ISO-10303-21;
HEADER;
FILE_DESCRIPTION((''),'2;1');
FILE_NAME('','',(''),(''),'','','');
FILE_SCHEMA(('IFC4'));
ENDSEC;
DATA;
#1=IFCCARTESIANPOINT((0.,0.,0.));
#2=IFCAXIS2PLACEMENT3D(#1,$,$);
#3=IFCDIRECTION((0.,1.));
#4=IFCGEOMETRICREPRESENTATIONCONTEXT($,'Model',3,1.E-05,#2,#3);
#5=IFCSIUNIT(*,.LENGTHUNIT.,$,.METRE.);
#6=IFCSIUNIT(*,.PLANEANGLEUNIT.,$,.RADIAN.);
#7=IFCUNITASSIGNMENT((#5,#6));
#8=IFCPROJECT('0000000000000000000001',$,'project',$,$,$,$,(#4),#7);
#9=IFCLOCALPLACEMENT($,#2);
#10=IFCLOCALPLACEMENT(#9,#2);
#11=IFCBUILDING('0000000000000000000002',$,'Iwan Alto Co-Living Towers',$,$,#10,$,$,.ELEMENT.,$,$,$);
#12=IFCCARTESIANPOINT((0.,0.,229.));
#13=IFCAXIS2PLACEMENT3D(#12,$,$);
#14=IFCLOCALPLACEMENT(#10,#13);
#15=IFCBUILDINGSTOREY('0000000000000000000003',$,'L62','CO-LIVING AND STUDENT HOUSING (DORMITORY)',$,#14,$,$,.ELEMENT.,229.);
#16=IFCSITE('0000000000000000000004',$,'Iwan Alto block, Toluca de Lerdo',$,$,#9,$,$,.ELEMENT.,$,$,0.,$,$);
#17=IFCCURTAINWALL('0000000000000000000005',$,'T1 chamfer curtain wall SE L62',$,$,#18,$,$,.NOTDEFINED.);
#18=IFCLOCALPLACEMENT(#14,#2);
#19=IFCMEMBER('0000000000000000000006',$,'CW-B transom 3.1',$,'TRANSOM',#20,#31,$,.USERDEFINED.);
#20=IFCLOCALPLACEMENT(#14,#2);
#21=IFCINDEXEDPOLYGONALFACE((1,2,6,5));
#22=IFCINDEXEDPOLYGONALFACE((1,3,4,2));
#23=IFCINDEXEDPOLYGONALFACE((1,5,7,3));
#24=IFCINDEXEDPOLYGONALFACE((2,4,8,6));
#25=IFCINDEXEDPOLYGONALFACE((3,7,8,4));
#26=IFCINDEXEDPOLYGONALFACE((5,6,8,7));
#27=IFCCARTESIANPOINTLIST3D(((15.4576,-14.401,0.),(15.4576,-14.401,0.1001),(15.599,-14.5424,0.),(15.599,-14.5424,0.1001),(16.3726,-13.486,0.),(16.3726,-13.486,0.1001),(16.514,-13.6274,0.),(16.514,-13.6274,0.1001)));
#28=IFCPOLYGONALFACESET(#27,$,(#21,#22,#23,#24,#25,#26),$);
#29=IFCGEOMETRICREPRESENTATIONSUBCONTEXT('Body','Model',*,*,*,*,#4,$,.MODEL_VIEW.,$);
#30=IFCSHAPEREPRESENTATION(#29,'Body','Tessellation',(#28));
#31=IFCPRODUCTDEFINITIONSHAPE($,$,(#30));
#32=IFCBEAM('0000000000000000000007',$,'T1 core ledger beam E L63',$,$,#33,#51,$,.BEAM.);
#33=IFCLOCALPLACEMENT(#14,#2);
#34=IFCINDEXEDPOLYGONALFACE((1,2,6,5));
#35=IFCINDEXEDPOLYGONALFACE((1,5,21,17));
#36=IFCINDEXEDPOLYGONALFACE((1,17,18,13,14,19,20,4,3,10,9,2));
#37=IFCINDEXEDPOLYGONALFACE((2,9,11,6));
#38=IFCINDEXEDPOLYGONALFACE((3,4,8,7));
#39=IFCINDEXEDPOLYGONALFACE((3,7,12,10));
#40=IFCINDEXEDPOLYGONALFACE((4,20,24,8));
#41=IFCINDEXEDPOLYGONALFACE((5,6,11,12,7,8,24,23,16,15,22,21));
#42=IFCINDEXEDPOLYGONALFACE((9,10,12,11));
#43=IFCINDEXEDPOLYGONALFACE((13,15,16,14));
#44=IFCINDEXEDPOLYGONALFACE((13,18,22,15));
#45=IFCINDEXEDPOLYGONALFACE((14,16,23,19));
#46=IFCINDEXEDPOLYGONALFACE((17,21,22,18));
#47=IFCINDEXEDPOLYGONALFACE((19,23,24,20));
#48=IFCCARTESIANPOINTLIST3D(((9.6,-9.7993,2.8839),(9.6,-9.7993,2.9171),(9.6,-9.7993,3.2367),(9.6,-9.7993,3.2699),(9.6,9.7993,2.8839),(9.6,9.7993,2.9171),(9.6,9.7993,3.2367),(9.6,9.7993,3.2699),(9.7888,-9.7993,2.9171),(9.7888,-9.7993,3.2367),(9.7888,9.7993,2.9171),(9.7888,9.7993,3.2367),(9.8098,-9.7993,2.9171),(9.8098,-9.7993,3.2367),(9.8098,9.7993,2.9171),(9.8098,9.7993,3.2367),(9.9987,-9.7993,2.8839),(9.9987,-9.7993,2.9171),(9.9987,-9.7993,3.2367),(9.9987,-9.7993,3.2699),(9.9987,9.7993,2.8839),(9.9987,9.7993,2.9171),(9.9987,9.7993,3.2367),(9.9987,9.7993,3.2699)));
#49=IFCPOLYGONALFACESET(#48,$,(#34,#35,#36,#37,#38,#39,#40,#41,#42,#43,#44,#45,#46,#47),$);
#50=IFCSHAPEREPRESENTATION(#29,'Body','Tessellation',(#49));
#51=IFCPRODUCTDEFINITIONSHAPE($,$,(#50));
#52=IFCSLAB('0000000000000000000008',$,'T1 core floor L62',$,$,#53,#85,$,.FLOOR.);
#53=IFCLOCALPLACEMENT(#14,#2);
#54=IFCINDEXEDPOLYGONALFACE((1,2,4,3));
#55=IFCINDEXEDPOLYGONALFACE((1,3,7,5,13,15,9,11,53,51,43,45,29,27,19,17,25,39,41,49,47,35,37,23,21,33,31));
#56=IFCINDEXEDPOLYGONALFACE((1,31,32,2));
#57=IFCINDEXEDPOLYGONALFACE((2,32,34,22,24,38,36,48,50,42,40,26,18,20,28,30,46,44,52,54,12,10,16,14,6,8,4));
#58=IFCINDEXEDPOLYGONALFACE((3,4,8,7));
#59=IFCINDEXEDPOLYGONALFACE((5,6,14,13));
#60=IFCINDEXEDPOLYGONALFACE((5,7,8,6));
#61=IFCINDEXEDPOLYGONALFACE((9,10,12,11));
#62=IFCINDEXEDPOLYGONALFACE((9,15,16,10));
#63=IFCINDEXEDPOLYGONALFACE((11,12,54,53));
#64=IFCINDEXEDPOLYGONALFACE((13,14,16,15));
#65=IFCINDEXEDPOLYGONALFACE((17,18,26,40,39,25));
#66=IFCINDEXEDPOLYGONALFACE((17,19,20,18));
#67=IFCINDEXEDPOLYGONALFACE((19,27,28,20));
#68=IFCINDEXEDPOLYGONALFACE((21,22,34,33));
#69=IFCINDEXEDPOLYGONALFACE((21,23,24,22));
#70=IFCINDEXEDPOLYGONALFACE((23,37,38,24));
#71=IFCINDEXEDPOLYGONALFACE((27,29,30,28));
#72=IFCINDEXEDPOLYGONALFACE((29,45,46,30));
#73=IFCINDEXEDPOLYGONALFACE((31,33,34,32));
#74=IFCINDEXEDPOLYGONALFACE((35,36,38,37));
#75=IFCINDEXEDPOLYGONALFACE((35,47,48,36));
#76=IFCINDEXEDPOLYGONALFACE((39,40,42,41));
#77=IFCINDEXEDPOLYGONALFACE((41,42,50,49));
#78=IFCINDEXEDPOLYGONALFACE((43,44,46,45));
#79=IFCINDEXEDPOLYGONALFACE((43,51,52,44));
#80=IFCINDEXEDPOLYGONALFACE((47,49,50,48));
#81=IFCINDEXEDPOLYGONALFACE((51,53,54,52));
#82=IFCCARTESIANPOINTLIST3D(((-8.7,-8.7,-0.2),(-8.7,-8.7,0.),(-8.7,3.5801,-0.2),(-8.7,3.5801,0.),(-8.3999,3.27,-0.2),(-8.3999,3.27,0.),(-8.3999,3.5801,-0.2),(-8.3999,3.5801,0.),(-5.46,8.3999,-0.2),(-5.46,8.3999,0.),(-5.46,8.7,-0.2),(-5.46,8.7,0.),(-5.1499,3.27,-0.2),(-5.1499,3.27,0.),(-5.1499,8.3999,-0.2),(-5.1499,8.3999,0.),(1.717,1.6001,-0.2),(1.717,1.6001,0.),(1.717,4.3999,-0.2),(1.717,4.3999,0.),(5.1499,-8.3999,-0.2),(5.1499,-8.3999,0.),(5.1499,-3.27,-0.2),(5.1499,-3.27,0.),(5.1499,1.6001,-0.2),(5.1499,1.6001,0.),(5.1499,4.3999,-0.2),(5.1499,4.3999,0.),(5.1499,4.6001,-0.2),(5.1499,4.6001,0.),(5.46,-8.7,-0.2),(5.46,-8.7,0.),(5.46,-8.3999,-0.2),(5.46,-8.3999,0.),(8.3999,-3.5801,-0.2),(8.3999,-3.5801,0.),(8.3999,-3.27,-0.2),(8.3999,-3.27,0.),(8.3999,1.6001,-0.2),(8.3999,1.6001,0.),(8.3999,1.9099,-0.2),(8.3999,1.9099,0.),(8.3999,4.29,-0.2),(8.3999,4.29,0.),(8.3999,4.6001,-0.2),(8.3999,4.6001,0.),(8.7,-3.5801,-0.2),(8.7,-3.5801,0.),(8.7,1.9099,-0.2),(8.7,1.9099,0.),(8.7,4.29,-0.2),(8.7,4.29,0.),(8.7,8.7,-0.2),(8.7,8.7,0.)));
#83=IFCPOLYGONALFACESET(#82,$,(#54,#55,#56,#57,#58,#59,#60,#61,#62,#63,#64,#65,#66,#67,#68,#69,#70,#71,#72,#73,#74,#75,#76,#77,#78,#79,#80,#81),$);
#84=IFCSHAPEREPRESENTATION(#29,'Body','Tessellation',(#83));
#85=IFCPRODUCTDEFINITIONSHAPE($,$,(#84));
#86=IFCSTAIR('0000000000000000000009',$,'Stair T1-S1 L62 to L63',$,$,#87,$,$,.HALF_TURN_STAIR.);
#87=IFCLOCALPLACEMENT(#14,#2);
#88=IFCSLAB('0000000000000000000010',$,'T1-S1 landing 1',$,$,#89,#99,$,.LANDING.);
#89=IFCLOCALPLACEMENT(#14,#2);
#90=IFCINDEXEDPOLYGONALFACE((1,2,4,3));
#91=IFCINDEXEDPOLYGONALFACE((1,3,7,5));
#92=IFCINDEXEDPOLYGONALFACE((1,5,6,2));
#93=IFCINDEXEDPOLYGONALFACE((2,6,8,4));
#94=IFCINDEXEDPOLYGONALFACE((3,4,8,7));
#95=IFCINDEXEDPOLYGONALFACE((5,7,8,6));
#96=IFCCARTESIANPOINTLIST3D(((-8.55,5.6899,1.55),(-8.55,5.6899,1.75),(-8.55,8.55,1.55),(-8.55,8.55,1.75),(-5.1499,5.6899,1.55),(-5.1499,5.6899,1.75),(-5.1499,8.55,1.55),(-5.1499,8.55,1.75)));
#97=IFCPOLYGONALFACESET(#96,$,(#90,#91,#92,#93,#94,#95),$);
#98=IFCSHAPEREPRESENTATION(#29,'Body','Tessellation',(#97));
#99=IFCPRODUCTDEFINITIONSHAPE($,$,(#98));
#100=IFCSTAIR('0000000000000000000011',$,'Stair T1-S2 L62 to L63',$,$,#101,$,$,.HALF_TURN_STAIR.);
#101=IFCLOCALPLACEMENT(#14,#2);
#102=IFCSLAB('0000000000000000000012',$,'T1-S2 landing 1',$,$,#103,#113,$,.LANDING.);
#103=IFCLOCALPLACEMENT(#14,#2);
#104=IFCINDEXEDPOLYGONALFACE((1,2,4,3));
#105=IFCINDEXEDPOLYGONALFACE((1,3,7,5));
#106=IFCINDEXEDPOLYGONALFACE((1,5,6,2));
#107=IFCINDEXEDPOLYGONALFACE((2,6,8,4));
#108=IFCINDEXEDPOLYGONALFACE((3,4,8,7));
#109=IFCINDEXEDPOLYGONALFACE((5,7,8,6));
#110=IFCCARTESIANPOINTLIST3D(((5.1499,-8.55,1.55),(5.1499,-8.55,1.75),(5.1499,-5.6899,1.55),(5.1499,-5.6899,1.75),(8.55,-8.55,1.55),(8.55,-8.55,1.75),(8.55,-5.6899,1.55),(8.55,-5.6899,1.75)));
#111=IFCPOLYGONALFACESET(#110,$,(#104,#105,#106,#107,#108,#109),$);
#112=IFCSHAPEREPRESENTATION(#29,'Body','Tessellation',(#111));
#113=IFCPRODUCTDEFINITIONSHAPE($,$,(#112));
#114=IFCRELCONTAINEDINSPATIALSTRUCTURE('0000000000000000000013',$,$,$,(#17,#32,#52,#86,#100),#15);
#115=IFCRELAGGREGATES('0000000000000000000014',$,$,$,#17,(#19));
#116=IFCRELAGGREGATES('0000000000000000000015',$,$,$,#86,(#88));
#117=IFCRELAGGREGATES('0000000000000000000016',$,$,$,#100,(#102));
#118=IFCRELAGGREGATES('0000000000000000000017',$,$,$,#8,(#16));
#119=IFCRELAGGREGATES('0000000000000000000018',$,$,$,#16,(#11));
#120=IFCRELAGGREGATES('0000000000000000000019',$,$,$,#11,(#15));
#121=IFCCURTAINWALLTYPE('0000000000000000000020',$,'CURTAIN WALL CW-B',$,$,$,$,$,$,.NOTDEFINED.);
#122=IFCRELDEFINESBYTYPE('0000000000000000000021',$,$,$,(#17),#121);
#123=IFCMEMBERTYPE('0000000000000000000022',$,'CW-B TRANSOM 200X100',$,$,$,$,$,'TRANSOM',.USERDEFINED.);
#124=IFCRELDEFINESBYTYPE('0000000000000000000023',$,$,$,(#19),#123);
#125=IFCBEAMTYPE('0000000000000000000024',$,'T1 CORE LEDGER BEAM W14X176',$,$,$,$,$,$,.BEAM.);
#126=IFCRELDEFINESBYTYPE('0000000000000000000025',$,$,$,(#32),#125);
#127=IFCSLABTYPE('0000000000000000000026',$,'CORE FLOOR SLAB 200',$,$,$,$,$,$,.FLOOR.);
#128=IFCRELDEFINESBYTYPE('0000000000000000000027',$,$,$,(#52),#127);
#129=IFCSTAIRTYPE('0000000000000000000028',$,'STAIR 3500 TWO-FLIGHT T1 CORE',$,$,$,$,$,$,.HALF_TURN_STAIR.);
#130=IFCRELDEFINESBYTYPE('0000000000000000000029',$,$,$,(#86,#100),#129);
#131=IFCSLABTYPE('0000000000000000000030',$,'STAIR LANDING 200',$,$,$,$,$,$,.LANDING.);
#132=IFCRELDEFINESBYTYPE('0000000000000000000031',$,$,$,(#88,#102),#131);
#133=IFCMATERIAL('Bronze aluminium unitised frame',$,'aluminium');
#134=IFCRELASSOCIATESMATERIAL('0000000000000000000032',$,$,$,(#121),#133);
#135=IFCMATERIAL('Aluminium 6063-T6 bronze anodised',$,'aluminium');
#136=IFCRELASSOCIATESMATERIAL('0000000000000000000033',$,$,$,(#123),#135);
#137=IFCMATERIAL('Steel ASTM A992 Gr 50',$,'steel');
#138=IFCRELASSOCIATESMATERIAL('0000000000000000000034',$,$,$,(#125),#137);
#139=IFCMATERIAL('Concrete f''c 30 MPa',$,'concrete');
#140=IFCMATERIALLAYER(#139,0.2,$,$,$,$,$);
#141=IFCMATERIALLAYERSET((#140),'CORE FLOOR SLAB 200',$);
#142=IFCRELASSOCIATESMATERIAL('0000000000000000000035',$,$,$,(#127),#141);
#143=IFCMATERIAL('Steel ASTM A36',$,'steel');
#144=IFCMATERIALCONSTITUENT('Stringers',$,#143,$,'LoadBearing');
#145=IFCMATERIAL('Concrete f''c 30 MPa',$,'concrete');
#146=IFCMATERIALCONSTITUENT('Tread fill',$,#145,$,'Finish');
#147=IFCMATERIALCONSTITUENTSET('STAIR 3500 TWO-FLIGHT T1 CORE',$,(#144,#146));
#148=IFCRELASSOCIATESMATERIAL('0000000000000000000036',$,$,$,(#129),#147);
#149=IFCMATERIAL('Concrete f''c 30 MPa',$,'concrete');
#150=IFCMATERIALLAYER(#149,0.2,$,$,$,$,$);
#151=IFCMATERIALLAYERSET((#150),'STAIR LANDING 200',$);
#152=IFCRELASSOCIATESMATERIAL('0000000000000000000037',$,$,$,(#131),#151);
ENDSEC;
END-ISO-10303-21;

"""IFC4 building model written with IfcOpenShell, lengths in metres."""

from ifc_helpers import new_model, si_unit, direction, frame, origin, origin_2d, place, context, subcontext, project, spatial, polyline, rectangle, i_section, outline, extrude, material, layer, layer_set, constituent, constituent_set, material_profile, profile_set, type_object, element, aggregate, save


model = new_model("IFC4")

# Units and contexts
model_context = context("Model", 3, precision=1e-05, world=origin(), true_north=direction((0.0, 1.0)))
body_context = subcontext(model_context, "Body", "Model", "MODEL_VIEW")
ifc_project = project(units=[si_unit("LENGTHUNIT", "METRE"), si_unit("PLANEANGLEUNIT", "RADIAN")], contexts=[model_context])

# Site, building, storey
site_placement = place(None, origin())
site = spatial("IfcSite", under=ifc_project, at=site_placement, Name="Iwan Alto block, Toluca de Lerdo", CompositionType="ELEMENT", RefElevation=0.0)
building_placement = place(site_placement, origin())
building = spatial("IfcBuilding", under=site, at=building_placement, Name="Iwan Alto Co-Living Towers", CompositionType="ELEMENT")
storey_placement = place(building_placement, frame((0.0, 0.0, 229.0)))
storey = spatial("IfcBuildingStorey", under=building, at=storey_placement, Name="L62", Description="CO-LIVING AND STUDENT HOUSING (DORMITORY)", CompositionType="ELEMENT", Elevation=229.0)

# Curtain wall, member
ifc_material_1 = material(Name="Bronze aluminium unitised frame", Category="aluminium")
curtain_wall_type = type_object("IfcCurtainWallType", Name="CURTAIN WALL CW-B", PredefinedType="NOTDEFINED", material=ifc_material_1)
curtain_wall_placement = place(storey_placement, origin())
curtain_wall = element("IfcCurtainWall", 1, at=curtain_wall_placement, inside=storey, type_object=curtain_wall_type, Name="T1 chamfer curtain wall SE L62", PredefinedType="NOTDEFINED")
ifc_material_2 = material(Name="Aluminium 6063-T6 bronze anodised", Category="aluminium")
ifc_material_profile_1 = material_profile(ifc_material_2, rectangle(XDim=0.2, YDim=0.1001, at=origin_2d()), Name="AL 200X100")
ifc_profile_set_1 = profile_set([ifc_material_profile_1], Name="Aluminium 6063-T6 bronze anodised")
member_type = type_object("IfcMemberType", Name="CW-B TRANSOM 200X100", ElementType="TRANSOM", PredefinedType="USERDEFINED", material=ifc_profile_set_1)
member_placement = place(storey_placement, frame((15.5283, -14.4717, 0.05), z_axis=(0.707107, 0.707107, 0.0), x_axis=(-0.707107, 0.707107, 0.0)))
member = element("IfcMember", 2, at=member_placement, type_object=member_type, Name="CW-B transom 3.1", ObjectType="TRANSOM", PredefinedType="USERDEFINED", context=body_context, shape_type="SweptSolid", body=[
    extrude(rectangle(XDim=0.2, YDim=0.1001, at=origin_2d()), origin(), (0.0, 0.0, 1.0), 1.2939),
])
aggregate(curtain_wall, [member])

# Beam
ifc_material_3 = material(Name="Steel ASTM A992 Gr 50", Category="steel")
ifc_material_profile_2 = material_profile(ifc_material_3, i_section(OverallWidth=0.3987, OverallDepth=0.386, WebThickness=0.021, FlangeThickness=0.0332, at=origin_2d()), Name="W14X176")
ifc_profile_set_2 = profile_set([ifc_material_profile_2], Name="Steel ASTM A992 Gr 50")
beam_type = type_object("IfcBeamType", Name="T1 CORE LEDGER BEAM W14X176", PredefinedType="BEAM", material=ifc_profile_set_2)
beam_placement = place(storey_placement, frame((9.7993, -9.7993, 3.0769), z_axis=(0.0, 1.0, 0.0), x_axis=(-1.0, 0.0, 0.0)))
element("IfcBeam", 3, at=beam_placement, inside=storey, type_object=beam_type, Name="T1 core ledger beam E L63", PredefinedType="BEAM", context=body_context, shape_type="SweptSolid", body=[
    extrude(i_section(OverallWidth=0.3987, OverallDepth=0.386, WebThickness=0.021, FlangeThickness=0.0332, at=origin_2d()), origin(), (0.0, 0.0, 1.0), 19.5986),
])

# Slab
ifc_material_4 = material(Name="Concrete f'c 30 MPa", Category="concrete")
ifc_layer_1 = layer(ifc_material_4, 0.2)
ifc_layer_set_1 = layer_set([ifc_layer_1], Name="CORE FLOOR SLAB 200")
slab_type_1 = type_object("IfcSlabType", Name="CORE FLOOR SLAB 200", PredefinedType="FLOOR", material=ifc_layer_set_1)
slab_1_placement = place(storey_placement, frame((0.0, 0.0, -0.2)))
element("IfcSlab", 4, at=slab_1_placement, inside=storey, type_object=slab_type_1, Name="T1 core floor L62", PredefinedType="FLOOR", context=body_context, shape_type="SweptSolid", body=[
    extrude(outline(polyline([(-8.7, 3.5801), (-8.3999, 3.5801), (-8.3999, 3.27), (-5.1499, 3.27), (-5.1499, 8.3999), (-5.46, 8.3999), (-5.46, 8.7), (8.7, 8.7), (8.7, 4.29), (8.3999, 4.29), (8.3999, 4.6001), (5.1499, 4.6001), (5.1499, 4.3999), (1.717, 4.3999), (1.717, 1.6001), (5.1499, 1.6001), (8.3999, 1.6001), (8.3999, 1.9099), (8.7, 1.9099), (8.7, -3.5801), (8.3999, -3.5801), (8.3999, -3.27), (5.1499, -3.27), (5.1499, -8.3999), (5.46, -8.3999), (5.46, -8.7), (-8.7, -8.7), (-8.7, 3.5801)])), origin(), (0.0, 0.0, 1.0), 0.2),
])

# Stairs, slabs
ifc_material_5 = material(Name="Steel ASTM A36", Category="steel")
ifc_constituent_1 = constituent(ifc_material_5, Name="Stringers", Category="LoadBearing")
ifc_material_6 = material(Name="Concrete f'c 30 MPa", Category="concrete")
ifc_constituent_2 = constituent(ifc_material_6, Name="Tread fill", Category="Finish")
ifc_constituent_set_1 = constituent_set(constituents=[ifc_constituent_1, ifc_constituent_2], Name="STAIR 3500 TWO-FLIGHT T1 CORE")
stair_type = type_object("IfcStairType", Name="STAIR 3500 TWO-FLIGHT T1 CORE", PredefinedType="HALF_TURN_STAIR", material=ifc_constituent_set_1)
stair_1_placement = place(storey_placement, origin())
stair_1 = element("IfcStair", 5, at=stair_1_placement, inside=storey, type_object=stair_type, Name="Stair T1-S1 L62 to L63", PredefinedType="HALF_TURN_STAIR")
ifc_material_7 = material(Name="Concrete f'c 30 MPa", Category="concrete")
ifc_layer_2 = layer(ifc_material_7, 0.2)
ifc_layer_set_2 = layer_set([ifc_layer_2], Name="STAIR LANDING 200")
slab_type_2 = type_object("IfcSlabType", Name="STAIR LANDING 200", PredefinedType="LANDING", material=ifc_layer_set_2)
slab_2_placement = place(storey_placement, frame((0.0, 0.0, 1.55)))
slab_2 = element("IfcSlab", 6, at=slab_2_placement, type_object=slab_type_2, Name="T1-S1 landing 1", PredefinedType="LANDING", context=body_context, shape_type="SweptSolid", body=[
    extrude(outline(polyline([(-8.55, 5.6899), (-8.55, 8.55), (-5.1499, 8.55), (-5.1499, 5.6899), (-8.55, 5.6899)])), origin(), (0.0, 0.0, 1.0), 0.2),
])
aggregate(stair_1, [slab_2])
stair_2_placement = place(storey_placement, origin())
stair_2 = element("IfcStair", 7, at=stair_2_placement, inside=storey, type_object=stair_type, Name="Stair T1-S2 L62 to L63", PredefinedType="HALF_TURN_STAIR")
slab_3_placement = place(storey_placement, frame((0.0, 0.0, 1.55)))
slab_3 = element("IfcSlab", 8, at=slab_3_placement, type_object=slab_type_2, Name="T1-S2 landing 1", PredefinedType="LANDING", context=body_context, shape_type="SweptSolid", body=[
    extrude(outline(polyline([(5.1499, -5.6899), (5.1499, -8.55), (8.55, -8.55), (8.55, -5.6899), (5.1499, -5.6899)])), origin(), (0.0, 0.0, 1.0), 0.2),
])

aggregate(stair_2, [slab_3])

save(model, "model.ifc")
